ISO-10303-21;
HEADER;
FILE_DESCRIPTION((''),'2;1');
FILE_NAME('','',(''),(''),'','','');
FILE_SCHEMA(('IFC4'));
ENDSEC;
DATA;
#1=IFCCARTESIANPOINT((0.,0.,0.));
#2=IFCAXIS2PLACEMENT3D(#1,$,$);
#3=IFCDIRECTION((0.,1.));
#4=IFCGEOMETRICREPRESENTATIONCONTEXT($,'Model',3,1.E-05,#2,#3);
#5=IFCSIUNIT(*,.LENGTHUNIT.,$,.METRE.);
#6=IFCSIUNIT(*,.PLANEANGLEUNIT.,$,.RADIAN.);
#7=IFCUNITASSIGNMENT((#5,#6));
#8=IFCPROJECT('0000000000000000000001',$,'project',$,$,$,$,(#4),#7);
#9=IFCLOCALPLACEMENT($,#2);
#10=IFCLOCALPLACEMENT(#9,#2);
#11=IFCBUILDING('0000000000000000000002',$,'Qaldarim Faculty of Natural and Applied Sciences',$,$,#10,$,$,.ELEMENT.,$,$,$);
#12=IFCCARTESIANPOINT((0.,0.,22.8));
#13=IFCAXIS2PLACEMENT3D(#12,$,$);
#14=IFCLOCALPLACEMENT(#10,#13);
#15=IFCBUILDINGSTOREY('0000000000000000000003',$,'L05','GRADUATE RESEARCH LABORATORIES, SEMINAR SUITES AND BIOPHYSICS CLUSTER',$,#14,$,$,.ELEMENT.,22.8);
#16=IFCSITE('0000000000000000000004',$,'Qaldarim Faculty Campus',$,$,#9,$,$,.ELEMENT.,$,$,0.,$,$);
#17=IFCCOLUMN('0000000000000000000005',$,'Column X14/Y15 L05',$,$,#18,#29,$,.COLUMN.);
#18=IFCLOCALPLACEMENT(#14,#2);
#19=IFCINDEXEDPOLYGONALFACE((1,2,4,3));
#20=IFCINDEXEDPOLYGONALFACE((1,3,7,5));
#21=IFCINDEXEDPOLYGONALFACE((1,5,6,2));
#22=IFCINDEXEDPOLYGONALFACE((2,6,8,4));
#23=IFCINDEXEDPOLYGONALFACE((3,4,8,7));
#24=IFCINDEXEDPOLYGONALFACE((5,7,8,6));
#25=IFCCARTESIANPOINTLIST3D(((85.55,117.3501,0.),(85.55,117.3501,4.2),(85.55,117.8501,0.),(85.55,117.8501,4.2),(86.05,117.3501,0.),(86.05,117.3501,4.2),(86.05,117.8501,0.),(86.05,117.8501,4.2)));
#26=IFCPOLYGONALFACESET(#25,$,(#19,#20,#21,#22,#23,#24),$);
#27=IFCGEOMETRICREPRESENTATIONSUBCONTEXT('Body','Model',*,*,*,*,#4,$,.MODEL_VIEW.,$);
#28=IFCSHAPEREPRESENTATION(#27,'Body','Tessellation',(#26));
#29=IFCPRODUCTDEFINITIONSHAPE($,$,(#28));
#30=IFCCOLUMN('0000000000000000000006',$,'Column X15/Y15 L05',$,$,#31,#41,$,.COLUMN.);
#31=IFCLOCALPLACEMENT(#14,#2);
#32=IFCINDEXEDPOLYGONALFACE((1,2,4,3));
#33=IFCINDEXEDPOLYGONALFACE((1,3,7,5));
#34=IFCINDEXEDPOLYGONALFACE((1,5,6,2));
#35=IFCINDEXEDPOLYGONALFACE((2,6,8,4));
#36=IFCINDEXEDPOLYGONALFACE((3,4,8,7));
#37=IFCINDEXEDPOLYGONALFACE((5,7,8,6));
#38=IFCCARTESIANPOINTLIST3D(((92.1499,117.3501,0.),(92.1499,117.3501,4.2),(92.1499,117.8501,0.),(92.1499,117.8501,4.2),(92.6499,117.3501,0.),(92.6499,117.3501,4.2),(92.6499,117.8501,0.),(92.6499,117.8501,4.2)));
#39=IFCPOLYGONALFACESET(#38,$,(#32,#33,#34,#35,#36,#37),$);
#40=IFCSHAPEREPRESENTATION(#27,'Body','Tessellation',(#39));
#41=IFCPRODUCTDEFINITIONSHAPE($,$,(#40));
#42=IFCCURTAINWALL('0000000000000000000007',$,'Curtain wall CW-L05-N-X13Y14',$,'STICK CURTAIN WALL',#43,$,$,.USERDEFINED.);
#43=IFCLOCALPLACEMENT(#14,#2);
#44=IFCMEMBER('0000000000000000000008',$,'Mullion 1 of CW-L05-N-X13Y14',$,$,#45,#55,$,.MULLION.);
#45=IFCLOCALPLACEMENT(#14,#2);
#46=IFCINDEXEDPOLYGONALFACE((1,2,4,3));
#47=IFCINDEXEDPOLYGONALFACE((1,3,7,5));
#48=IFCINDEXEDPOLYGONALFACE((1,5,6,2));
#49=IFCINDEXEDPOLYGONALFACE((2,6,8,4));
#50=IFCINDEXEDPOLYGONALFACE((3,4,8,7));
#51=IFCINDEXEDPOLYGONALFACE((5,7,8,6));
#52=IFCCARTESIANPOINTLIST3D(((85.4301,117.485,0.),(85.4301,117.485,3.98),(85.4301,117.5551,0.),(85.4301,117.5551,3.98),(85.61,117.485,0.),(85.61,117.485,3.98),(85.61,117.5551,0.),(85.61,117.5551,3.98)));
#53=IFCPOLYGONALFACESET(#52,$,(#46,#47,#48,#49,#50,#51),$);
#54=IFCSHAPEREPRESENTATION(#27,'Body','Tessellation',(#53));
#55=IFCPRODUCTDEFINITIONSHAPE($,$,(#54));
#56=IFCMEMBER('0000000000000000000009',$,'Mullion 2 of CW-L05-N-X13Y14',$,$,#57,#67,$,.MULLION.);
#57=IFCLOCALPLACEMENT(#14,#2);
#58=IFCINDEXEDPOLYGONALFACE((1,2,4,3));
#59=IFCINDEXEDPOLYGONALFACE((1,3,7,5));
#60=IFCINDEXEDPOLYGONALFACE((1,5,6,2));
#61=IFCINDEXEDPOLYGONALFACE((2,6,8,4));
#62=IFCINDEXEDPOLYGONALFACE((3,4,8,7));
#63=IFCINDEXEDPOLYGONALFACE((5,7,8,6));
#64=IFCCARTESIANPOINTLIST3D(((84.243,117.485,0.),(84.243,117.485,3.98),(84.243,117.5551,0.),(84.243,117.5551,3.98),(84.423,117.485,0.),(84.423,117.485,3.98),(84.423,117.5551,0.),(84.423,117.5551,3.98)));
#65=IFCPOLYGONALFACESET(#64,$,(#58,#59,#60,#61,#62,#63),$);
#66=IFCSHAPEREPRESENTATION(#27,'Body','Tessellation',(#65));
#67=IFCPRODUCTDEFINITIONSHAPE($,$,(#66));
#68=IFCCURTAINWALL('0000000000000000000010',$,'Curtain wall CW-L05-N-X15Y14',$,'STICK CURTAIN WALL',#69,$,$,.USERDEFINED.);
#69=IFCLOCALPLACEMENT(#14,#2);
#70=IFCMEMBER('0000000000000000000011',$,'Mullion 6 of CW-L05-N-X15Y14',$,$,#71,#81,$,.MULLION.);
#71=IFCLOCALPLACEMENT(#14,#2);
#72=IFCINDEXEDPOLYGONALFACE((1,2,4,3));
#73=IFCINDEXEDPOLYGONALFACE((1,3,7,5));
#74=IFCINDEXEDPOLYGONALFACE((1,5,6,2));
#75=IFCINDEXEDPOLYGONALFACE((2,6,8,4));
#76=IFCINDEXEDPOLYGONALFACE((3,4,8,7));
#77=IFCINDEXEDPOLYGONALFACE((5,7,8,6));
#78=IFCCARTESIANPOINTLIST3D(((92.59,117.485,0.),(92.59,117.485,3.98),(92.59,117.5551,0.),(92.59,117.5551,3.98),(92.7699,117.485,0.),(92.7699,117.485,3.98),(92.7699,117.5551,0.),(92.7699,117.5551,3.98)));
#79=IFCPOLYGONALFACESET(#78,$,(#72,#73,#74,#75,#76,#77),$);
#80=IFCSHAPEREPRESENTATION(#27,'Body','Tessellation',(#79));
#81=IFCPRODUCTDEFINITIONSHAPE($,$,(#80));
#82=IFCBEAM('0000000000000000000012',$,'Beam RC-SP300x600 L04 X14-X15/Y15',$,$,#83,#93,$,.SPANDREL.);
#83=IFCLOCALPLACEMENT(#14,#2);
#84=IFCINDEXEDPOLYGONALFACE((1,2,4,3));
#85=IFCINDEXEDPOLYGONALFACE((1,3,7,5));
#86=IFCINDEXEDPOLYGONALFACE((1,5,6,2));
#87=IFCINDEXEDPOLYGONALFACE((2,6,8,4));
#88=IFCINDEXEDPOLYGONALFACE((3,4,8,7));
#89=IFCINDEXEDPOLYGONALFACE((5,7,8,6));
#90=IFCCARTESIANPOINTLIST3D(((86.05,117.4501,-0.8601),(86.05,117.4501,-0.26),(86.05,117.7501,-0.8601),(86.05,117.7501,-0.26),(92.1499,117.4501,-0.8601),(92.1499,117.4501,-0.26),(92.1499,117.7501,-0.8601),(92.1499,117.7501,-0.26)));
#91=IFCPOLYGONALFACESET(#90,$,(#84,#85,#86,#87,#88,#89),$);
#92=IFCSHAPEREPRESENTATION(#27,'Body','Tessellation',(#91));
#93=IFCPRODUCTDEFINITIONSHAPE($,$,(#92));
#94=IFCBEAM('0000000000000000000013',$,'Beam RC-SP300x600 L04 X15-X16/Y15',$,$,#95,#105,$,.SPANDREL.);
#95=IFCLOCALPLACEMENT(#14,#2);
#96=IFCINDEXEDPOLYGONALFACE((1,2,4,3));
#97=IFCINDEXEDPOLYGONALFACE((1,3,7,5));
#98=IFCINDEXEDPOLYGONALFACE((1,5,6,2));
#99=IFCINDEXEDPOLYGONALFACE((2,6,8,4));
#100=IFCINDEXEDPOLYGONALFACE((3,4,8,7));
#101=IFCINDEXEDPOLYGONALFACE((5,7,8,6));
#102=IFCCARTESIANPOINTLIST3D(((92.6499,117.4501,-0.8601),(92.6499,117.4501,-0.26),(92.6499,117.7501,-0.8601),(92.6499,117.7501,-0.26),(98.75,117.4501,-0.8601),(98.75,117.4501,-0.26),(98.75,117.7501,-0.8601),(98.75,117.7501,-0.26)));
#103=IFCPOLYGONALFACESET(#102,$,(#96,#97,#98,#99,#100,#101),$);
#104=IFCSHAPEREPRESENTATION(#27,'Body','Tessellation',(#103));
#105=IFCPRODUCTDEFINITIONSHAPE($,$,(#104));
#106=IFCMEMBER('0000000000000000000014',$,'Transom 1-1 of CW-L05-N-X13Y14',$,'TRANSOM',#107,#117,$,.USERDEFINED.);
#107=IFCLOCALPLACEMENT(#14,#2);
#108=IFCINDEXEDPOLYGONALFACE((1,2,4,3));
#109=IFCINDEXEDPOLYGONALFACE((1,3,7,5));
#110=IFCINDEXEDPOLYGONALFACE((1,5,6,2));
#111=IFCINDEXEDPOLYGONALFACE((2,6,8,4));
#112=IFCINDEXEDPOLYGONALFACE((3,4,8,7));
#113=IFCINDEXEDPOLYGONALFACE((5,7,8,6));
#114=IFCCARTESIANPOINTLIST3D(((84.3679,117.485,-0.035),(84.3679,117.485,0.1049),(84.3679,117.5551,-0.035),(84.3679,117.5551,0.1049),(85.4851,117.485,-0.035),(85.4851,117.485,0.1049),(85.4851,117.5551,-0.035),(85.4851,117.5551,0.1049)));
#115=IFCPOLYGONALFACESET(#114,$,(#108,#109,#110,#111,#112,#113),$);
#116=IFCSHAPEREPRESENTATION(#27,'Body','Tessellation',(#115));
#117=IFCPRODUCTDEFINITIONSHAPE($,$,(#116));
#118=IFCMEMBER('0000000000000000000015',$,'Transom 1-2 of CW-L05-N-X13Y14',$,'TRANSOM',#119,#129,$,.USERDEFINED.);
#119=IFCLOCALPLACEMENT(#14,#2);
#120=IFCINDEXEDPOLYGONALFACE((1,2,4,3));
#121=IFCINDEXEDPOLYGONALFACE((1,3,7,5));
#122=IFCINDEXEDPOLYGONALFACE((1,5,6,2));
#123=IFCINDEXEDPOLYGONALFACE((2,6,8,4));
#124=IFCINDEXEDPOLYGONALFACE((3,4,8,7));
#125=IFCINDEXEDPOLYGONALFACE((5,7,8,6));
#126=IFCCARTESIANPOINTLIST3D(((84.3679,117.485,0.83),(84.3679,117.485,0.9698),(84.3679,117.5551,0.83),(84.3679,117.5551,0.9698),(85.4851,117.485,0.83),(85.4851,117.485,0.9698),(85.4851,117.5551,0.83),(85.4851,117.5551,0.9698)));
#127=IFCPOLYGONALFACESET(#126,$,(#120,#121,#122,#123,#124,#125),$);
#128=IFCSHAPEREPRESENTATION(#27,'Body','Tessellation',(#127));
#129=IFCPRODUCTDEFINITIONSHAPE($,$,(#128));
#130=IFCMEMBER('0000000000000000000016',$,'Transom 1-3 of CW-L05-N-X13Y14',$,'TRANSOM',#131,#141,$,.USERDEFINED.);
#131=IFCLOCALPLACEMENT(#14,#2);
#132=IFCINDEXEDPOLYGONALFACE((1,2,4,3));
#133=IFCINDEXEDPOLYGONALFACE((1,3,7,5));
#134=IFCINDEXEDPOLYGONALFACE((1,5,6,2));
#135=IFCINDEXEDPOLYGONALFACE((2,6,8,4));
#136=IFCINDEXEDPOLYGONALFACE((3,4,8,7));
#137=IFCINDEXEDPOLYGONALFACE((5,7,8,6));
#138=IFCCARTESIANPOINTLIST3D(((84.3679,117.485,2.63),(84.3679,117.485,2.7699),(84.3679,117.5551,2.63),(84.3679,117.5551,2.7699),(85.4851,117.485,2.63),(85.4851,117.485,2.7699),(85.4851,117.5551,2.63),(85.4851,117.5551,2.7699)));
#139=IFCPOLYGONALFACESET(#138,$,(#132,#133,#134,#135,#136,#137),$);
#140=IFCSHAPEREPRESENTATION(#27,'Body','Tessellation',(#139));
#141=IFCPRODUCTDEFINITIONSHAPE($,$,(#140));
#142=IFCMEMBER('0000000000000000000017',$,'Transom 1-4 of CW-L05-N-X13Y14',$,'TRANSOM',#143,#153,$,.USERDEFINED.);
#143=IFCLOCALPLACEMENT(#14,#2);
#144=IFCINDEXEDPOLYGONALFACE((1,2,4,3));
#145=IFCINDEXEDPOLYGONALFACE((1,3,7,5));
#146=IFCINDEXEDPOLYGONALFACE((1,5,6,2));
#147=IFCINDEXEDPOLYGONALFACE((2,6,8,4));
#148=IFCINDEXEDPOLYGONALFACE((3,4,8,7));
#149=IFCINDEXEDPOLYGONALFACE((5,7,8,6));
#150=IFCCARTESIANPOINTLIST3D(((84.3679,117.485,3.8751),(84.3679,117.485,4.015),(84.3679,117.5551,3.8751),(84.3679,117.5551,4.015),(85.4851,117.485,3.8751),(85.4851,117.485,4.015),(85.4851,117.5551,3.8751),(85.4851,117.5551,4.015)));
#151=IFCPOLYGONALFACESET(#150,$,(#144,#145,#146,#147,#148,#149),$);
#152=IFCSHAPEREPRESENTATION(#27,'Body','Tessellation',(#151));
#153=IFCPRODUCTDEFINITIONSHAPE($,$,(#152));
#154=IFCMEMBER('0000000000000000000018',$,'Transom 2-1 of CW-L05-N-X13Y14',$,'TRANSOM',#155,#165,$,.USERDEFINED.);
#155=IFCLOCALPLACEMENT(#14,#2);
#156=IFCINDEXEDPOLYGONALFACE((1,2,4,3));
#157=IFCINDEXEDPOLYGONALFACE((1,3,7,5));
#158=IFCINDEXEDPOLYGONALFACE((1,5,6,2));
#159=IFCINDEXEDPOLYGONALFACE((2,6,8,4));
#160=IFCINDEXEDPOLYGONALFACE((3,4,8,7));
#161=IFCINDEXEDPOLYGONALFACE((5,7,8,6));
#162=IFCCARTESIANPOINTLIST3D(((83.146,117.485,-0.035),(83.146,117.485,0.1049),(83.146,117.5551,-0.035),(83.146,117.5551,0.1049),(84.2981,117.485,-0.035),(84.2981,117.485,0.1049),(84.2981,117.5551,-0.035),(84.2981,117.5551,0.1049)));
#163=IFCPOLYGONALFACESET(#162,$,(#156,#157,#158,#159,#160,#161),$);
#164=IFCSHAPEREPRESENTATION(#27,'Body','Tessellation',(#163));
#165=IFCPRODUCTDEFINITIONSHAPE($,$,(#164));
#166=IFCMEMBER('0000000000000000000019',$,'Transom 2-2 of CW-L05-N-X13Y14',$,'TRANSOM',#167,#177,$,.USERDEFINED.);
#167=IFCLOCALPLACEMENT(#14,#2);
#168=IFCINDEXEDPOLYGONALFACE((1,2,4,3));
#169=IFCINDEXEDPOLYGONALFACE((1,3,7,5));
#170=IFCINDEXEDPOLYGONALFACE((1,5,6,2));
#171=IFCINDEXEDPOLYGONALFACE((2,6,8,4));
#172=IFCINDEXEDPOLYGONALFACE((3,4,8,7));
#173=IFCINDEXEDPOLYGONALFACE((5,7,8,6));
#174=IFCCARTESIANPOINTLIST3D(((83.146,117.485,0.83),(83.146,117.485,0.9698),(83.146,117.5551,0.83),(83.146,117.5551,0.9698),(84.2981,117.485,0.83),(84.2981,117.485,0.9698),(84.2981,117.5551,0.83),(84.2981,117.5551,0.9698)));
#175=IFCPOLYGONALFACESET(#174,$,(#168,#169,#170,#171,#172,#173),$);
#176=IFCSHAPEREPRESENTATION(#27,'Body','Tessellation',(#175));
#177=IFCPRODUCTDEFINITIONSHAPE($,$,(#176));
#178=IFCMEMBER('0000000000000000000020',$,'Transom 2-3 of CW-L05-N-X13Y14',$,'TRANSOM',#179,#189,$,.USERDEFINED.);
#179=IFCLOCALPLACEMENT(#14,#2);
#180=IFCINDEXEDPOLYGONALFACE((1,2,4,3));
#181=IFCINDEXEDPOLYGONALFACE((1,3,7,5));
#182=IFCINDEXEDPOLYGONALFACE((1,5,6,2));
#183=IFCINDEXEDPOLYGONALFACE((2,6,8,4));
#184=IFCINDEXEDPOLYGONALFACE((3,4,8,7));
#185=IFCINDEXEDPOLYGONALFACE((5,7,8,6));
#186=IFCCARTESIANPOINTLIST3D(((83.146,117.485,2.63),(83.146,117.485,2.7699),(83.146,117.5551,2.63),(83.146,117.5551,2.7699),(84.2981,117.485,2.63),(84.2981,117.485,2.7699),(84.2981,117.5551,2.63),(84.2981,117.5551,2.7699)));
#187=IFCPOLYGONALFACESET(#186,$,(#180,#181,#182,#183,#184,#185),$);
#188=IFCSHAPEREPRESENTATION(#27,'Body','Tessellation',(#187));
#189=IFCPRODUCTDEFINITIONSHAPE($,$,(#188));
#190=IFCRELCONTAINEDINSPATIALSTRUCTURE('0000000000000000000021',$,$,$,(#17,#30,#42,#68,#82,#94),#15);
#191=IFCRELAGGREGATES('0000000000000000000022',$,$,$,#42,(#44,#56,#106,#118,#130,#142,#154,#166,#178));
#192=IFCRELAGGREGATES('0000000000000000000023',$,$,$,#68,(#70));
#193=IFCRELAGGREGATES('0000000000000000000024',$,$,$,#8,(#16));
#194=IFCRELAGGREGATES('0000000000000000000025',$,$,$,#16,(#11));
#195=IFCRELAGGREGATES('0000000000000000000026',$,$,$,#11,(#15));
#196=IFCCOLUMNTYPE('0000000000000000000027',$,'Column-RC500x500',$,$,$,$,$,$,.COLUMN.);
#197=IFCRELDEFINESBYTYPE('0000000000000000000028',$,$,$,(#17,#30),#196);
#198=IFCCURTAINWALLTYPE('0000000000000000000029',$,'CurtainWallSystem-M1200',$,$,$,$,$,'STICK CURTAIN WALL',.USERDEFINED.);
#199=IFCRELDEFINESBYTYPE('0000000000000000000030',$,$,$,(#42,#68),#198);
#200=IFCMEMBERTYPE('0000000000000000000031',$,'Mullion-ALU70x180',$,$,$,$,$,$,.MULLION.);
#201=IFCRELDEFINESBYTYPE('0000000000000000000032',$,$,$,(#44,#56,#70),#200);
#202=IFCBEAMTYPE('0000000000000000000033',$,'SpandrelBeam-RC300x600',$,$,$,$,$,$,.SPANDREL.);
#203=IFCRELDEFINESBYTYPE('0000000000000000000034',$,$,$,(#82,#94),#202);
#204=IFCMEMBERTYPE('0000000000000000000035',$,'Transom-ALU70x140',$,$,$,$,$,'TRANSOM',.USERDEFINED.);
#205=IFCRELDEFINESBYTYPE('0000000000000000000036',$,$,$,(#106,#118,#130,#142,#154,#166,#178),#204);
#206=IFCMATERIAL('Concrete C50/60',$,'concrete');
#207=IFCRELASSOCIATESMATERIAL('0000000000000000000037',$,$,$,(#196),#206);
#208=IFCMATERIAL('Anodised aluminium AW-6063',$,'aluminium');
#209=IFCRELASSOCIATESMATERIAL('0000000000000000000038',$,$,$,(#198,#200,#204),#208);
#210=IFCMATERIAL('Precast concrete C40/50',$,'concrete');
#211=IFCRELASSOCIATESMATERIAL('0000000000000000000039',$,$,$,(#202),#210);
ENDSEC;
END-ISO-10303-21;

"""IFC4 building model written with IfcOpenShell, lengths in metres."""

from ifc_helpers import new_model, si_unit, direction, frame, origin, origin_2d, place, context, subcontext, project, spatial, rectangle, extrude, material, material_profile, profile_set, type_object, element, aggregate, save


model = new_model("IFC4")

# Units and contexts
model_context = context("Model", 3, precision=1e-05, world=origin(), true_north=direction((0.0, 1.0)))
body_context = subcontext(model_context, "Body", "Model", "MODEL_VIEW")
ifc_project = project(units=[si_unit("LENGTHUNIT", "METRE"), si_unit("PLANEANGLEUNIT", "RADIAN")], contexts=[model_context])

# Site, building, storey
site_placement = place(None, origin())
site = spatial("IfcSite", under=ifc_project, at=site_placement, Name="Qaldarim Faculty Campus", CompositionType="ELEMENT", RefElevation=0.0)
building_placement = place(site_placement, origin())
building = spatial("IfcBuilding", under=site, at=building_placement, Name="Qaldarim Faculty of Natural and Applied Sciences", CompositionType="ELEMENT")
storey_placement = place(building_placement, frame((0.0, 0.0, 22.8)))
storey = spatial("IfcBuildingStorey", under=building, at=storey_placement, Name="L05", Description="GRADUATE RESEARCH LABORATORIES, SEMINAR SUITES AND BIOPHYSICS CLUSTER", CompositionType="ELEMENT", Elevation=22.8)

# Columns
ifc_material_1 = material(Name="Concrete C50/60", Category="concrete")
ifc_material_profile_1 = material_profile(ifc_material_1, rectangle(XDim=0.5, YDim=0.5, at=origin_2d()), Name="RC-C500x500")
ifc_profile_set_1 = profile_set([ifc_material_profile_1], Name="Concrete C50/60")
column_type = type_object("IfcColumnType", Name="Column-RC500x500", PredefinedType="COLUMN", material=ifc_profile_set_1)
for number, where, z_axis, x_axis, name in (
    (1, (85.8, 117.6001, 0.0), (0.0, 0.0, 1.0), (1.0, 0.0, 0.0), "Column X14/Y15 L05"),
    (2, (92.3999, 117.6001, 0.0), (0.0, 0.0, 1.0), (1.0, 0.0, 0.0), "Column X15/Y15 L05"),
):
    element("IfcColumn", number, at=place(storey_placement, frame(where, z_axis=z_axis, x_axis=x_axis)), inside=storey, type_object=column_type, Name=name, PredefinedType="COLUMN", context=body_context, shape_type="SweptSolid", body=[
        extrude(rectangle(XDim=0.5, YDim=0.5, at=origin_2d()), origin(), (0.0, 0.0, 1.0), 4.2),
    ])

# Curtain wall, members
ifc_material_2 = material(Name="Anodised aluminium AW-6063", Category="aluminium")
curtain_wall_type = type_object("IfcCurtainWallType", Name="CurtainWallSystem-M1200", ElementType="STICK CURTAIN WALL", PredefinedType="USERDEFINED", material=ifc_material_2)
curtain_wall_1_placement = place(storey_placement, origin())
curtain_wall_1 = element("IfcCurtainWall", 3, at=curtain_wall_1_placement, inside=storey, type_object=curtain_wall_type, Name="Curtain wall CW-L05-N-X13Y14", ObjectType="STICK CURTAIN WALL", PredefinedType="USERDEFINED")
ifc_material_profile_2 = material_profile(ifc_material_2, rectangle(XDim=0.0701, YDim=0.1799, at=origin_2d()), Name="ALU-M70x180")
ifc_profile_set_2 = profile_set([ifc_material_profile_2], Name="Anodised aluminium AW-6063")
member_type_1 = type_object("IfcMemberType", Name="Mullion-ALU70x180", PredefinedType="MULLION", material=ifc_profile_set_2)
member_1_placement = place(storey_placement, frame((85.52, 117.52, 0.0), z_axis=(0.0, 0.0, 1.0), x_axis=(0.0, -1.0, 0.0)))
member_1 = element("IfcMember", 4, at=member_1_placement, type_object=member_type_1, Name="Mullion 1 of CW-L05-N-X13Y14", PredefinedType="MULLION", context=body_context, shape_type="SweptSolid", body=[
    extrude(rectangle(XDim=0.0701, YDim=0.1799, at=origin_2d()), origin(), (0.0, 0.0, 1.0), 3.98),
])
member_2_placement = place(storey_placement, frame((84.333, 117.52, 0.0), z_axis=(0.0, 0.0, 1.0), x_axis=(0.0, -1.0, 0.0)))
member_2 = element("IfcMember", 5, at=member_2_placement, type_object=member_type_1, Name="Mullion 2 of CW-L05-N-X13Y14", PredefinedType="MULLION", context=body_context, shape_type="SweptSolid", body=[
    extrude(rectangle(XDim=0.0701, YDim=0.1799, at=origin_2d()), origin(), (0.0, 0.0, 1.0), 3.98),
])

# Curtain wall, member
curtain_wall_2_placement = place(storey_placement, origin())
curtain_wall_2 = element("IfcCurtainWall", 6, at=curtain_wall_2_placement, inside=storey, type_object=curtain_wall_type, Name="Curtain wall CW-L05-N-X15Y14", ObjectType="STICK CURTAIN WALL", PredefinedType="USERDEFINED")
member_3_placement = place(storey_placement, frame((92.6799, 117.52, 0.0), z_axis=(0.0, 0.0, 1.0), x_axis=(0.0, -1.0, 0.0)))
member_3 = element("IfcMember", 7, at=member_3_placement, type_object=member_type_1, Name="Mullion 6 of CW-L05-N-X15Y14", PredefinedType="MULLION", context=body_context, shape_type="SweptSolid", body=[
    extrude(rectangle(XDim=0.0701, YDim=0.1799, at=origin_2d()), origin(), (0.0, 0.0, 1.0), 3.98),
])

# Beams
ifc_material_3 = material(Name="Precast concrete C40/50", Category="concrete")
ifc_material_profile_3 = material_profile(ifc_material_3, rectangle(XDim=0.3, YDim=0.6001, at=origin_2d()), Name="RC-SP300x600")
ifc_profile_set_3 = profile_set([ifc_material_profile_3], Name="Precast concrete C40/50")
beam_type = type_object("IfcBeamType", Name="SpandrelBeam-RC300x600", PredefinedType="SPANDREL", material=ifc_profile_set_3)
beam_1_placement = place(storey_placement, frame((86.05, 117.6001, -0.5601), z_axis=(1.0, 0.0, 0.0), x_axis=(0.0, 1.0, 0.0)))
element("IfcBeam", 8, at=beam_1_placement, inside=storey, type_object=beam_type, Name="Beam RC-SP300x600 L04 X14-X15/Y15", PredefinedType="SPANDREL", context=body_context, shape_type="SweptSolid", body=[
    extrude(rectangle(XDim=0.3, YDim=0.6001, at=origin_2d()), origin(), (0.0, 0.0, 1.0), 6.0999),
])
beam_2_placement = place(storey_placement, frame((92.6499, 117.6001, -0.5601), z_axis=(1.0, 0.0, 0.0), x_axis=(0.0, 1.0, 0.0)))
element("IfcBeam", 9, at=beam_2_placement, inside=storey, type_object=beam_type, Name="Beam RC-SP300x600 L04 X15-X16/Y15", PredefinedType="SPANDREL", context=body_context, shape_type="SweptSolid", body=[
    extrude(rectangle(XDim=0.3, YDim=0.6001, at=origin_2d()), origin(), (0.0, 0.0, 1.0), 6.1001),
])

# Members
ifc_material_profile_4 = material_profile(ifc_material_2, rectangle(XDim=0.0701, YDim=0.1399, at=origin_2d()), Name="ALU-T70x140")
ifc_profile_set_4 = profile_set([ifc_material_profile_4], Name="Anodised aluminium AW-6063")
member_type_2 = type_object("IfcMemberType", Name="Transom-ALU70x140", ElementType="TRANSOM", PredefinedType="USERDEFINED", material=ifc_profile_set_4)
member_4_placement = place(storey_placement, frame((85.4851, 117.52, 0.0349), z_axis=(-1.0, 0.0, 0.0), x_axis=(0.0, -1.0, 0.0)))
member_4 = element("IfcMember", 10, at=member_4_placement, type_object=member_type_2, Name="Transom 1-1 of CW-L05-N-X13Y14", ObjectType="TRANSOM", PredefinedType="USERDEFINED", context=body_context, shape_type="SweptSolid", body=[
    extrude(rectangle(XDim=0.0701, YDim=0.1399, at=origin_2d()), origin(), (0.0, 0.0, 1.0), 1.1172),
])
member_5_placement = place(storey_placement, frame((85.4851, 117.52, 0.8999), z_axis=(-1.0, 0.0, 0.0), x_axis=(0.0, -1.0, 0.0)))
member_5 = element("IfcMember", 11, at=member_5_placement, type_object=member_type_2, Name="Transom 1-2 of CW-L05-N-X13Y14", ObjectType="TRANSOM", PredefinedType="USERDEFINED", context=body_context, shape_type="SweptSolid", body=[
    extrude(rectangle(XDim=0.0701, YDim=0.1399, at=origin_2d()), origin(), (0.0, 0.0, 1.0), 1.1172),
])
member_6_placement = place(storey_placement, frame((85.4851, 117.52, 2.7), z_axis=(-1.0, 0.0, 0.0), x_axis=(0.0, -1.0, 0.0)))
member_6 = element("IfcMember", 12, at=member_6_placement, type_object=member_type_2, Name="Transom 1-3 of CW-L05-N-X13Y14", ObjectType="TRANSOM", PredefinedType="USERDEFINED", context=body_context, shape_type="SweptSolid", body=[
    extrude(rectangle(XDim=0.0701, YDim=0.1399, at=origin_2d()), origin(), (0.0, 0.0, 1.0), 1.1172),
])
member_7_placement = place(storey_placement, frame((85.4851, 117.52, 3.9451), z_axis=(-1.0, 0.0, 0.0), x_axis=(0.0, -1.0, 0.0)))
member_7 = element("IfcMember", 13, at=member_7_placement, type_object=member_type_2, Name="Transom 1-4 of CW-L05-N-X13Y14", ObjectType="TRANSOM", PredefinedType="USERDEFINED", context=body_context, shape_type="SweptSolid", body=[
    extrude(rectangle(XDim=0.0701, YDim=0.1399, at=origin_2d()), origin(), (0.0, 0.0, 1.0), 1.1172),
])
member_8_placement = place(storey_placement, frame((84.2981, 117.52, 0.0349), z_axis=(-1.0, 0.0, 0.0), x_axis=(0.0, -1.0, 0.0)))
member_8 = element("IfcMember", 14, at=member_8_placement, type_object=member_type_2, Name="Transom 2-1 of CW-L05-N-X13Y14", ObjectType="TRANSOM", PredefinedType="USERDEFINED", context=body_context, shape_type="SweptSolid", body=[
    extrude(rectangle(XDim=0.0701, YDim=0.1399, at=origin_2d()), origin(), (0.0, 0.0, 1.0), 1.1521),
])
member_9_placement = place(storey_placement, frame((84.2981, 117.52, 0.8999), z_axis=(-1.0, 0.0, 0.0), x_axis=(0.0, -1.0, 0.0)))
member_9 = element("IfcMember", 15, at=member_9_placement, type_object=member_type_2, Name="Transom 2-2 of CW-L05-N-X13Y14", ObjectType="TRANSOM", PredefinedType="USERDEFINED", context=body_context, shape_type="SweptSolid", body=[
    extrude(rectangle(XDim=0.0701, YDim=0.1399, at=origin_2d()), origin(), (0.0, 0.0, 1.0), 1.1521),
])
member_10_placement = place(storey_placement, frame((84.2981, 117.52, 2.7), z_axis=(-1.0, 0.0, 0.0), x_axis=(0.0, -1.0, 0.0)))
member_10 = element("IfcMember", 16, at=member_10_placement, type_object=member_type_2, Name="Transom 2-3 of CW-L05-N-X13Y14", ObjectType="TRANSOM", PredefinedType="USERDEFINED", context=body_context, shape_type="SweptSolid", body=[
    extrude(rectangle(XDim=0.0701, YDim=0.1399, at=origin_2d()), origin(), (0.0, 0.0, 1.0), 1.1521),
])

aggregate(curtain_wall_1, [member_1, member_2, member_4, member_5, member_6, member_7, member_8, member_9, member_10])
aggregate(curtain_wall_2, [member_3])

save(model, "model.ifc")
